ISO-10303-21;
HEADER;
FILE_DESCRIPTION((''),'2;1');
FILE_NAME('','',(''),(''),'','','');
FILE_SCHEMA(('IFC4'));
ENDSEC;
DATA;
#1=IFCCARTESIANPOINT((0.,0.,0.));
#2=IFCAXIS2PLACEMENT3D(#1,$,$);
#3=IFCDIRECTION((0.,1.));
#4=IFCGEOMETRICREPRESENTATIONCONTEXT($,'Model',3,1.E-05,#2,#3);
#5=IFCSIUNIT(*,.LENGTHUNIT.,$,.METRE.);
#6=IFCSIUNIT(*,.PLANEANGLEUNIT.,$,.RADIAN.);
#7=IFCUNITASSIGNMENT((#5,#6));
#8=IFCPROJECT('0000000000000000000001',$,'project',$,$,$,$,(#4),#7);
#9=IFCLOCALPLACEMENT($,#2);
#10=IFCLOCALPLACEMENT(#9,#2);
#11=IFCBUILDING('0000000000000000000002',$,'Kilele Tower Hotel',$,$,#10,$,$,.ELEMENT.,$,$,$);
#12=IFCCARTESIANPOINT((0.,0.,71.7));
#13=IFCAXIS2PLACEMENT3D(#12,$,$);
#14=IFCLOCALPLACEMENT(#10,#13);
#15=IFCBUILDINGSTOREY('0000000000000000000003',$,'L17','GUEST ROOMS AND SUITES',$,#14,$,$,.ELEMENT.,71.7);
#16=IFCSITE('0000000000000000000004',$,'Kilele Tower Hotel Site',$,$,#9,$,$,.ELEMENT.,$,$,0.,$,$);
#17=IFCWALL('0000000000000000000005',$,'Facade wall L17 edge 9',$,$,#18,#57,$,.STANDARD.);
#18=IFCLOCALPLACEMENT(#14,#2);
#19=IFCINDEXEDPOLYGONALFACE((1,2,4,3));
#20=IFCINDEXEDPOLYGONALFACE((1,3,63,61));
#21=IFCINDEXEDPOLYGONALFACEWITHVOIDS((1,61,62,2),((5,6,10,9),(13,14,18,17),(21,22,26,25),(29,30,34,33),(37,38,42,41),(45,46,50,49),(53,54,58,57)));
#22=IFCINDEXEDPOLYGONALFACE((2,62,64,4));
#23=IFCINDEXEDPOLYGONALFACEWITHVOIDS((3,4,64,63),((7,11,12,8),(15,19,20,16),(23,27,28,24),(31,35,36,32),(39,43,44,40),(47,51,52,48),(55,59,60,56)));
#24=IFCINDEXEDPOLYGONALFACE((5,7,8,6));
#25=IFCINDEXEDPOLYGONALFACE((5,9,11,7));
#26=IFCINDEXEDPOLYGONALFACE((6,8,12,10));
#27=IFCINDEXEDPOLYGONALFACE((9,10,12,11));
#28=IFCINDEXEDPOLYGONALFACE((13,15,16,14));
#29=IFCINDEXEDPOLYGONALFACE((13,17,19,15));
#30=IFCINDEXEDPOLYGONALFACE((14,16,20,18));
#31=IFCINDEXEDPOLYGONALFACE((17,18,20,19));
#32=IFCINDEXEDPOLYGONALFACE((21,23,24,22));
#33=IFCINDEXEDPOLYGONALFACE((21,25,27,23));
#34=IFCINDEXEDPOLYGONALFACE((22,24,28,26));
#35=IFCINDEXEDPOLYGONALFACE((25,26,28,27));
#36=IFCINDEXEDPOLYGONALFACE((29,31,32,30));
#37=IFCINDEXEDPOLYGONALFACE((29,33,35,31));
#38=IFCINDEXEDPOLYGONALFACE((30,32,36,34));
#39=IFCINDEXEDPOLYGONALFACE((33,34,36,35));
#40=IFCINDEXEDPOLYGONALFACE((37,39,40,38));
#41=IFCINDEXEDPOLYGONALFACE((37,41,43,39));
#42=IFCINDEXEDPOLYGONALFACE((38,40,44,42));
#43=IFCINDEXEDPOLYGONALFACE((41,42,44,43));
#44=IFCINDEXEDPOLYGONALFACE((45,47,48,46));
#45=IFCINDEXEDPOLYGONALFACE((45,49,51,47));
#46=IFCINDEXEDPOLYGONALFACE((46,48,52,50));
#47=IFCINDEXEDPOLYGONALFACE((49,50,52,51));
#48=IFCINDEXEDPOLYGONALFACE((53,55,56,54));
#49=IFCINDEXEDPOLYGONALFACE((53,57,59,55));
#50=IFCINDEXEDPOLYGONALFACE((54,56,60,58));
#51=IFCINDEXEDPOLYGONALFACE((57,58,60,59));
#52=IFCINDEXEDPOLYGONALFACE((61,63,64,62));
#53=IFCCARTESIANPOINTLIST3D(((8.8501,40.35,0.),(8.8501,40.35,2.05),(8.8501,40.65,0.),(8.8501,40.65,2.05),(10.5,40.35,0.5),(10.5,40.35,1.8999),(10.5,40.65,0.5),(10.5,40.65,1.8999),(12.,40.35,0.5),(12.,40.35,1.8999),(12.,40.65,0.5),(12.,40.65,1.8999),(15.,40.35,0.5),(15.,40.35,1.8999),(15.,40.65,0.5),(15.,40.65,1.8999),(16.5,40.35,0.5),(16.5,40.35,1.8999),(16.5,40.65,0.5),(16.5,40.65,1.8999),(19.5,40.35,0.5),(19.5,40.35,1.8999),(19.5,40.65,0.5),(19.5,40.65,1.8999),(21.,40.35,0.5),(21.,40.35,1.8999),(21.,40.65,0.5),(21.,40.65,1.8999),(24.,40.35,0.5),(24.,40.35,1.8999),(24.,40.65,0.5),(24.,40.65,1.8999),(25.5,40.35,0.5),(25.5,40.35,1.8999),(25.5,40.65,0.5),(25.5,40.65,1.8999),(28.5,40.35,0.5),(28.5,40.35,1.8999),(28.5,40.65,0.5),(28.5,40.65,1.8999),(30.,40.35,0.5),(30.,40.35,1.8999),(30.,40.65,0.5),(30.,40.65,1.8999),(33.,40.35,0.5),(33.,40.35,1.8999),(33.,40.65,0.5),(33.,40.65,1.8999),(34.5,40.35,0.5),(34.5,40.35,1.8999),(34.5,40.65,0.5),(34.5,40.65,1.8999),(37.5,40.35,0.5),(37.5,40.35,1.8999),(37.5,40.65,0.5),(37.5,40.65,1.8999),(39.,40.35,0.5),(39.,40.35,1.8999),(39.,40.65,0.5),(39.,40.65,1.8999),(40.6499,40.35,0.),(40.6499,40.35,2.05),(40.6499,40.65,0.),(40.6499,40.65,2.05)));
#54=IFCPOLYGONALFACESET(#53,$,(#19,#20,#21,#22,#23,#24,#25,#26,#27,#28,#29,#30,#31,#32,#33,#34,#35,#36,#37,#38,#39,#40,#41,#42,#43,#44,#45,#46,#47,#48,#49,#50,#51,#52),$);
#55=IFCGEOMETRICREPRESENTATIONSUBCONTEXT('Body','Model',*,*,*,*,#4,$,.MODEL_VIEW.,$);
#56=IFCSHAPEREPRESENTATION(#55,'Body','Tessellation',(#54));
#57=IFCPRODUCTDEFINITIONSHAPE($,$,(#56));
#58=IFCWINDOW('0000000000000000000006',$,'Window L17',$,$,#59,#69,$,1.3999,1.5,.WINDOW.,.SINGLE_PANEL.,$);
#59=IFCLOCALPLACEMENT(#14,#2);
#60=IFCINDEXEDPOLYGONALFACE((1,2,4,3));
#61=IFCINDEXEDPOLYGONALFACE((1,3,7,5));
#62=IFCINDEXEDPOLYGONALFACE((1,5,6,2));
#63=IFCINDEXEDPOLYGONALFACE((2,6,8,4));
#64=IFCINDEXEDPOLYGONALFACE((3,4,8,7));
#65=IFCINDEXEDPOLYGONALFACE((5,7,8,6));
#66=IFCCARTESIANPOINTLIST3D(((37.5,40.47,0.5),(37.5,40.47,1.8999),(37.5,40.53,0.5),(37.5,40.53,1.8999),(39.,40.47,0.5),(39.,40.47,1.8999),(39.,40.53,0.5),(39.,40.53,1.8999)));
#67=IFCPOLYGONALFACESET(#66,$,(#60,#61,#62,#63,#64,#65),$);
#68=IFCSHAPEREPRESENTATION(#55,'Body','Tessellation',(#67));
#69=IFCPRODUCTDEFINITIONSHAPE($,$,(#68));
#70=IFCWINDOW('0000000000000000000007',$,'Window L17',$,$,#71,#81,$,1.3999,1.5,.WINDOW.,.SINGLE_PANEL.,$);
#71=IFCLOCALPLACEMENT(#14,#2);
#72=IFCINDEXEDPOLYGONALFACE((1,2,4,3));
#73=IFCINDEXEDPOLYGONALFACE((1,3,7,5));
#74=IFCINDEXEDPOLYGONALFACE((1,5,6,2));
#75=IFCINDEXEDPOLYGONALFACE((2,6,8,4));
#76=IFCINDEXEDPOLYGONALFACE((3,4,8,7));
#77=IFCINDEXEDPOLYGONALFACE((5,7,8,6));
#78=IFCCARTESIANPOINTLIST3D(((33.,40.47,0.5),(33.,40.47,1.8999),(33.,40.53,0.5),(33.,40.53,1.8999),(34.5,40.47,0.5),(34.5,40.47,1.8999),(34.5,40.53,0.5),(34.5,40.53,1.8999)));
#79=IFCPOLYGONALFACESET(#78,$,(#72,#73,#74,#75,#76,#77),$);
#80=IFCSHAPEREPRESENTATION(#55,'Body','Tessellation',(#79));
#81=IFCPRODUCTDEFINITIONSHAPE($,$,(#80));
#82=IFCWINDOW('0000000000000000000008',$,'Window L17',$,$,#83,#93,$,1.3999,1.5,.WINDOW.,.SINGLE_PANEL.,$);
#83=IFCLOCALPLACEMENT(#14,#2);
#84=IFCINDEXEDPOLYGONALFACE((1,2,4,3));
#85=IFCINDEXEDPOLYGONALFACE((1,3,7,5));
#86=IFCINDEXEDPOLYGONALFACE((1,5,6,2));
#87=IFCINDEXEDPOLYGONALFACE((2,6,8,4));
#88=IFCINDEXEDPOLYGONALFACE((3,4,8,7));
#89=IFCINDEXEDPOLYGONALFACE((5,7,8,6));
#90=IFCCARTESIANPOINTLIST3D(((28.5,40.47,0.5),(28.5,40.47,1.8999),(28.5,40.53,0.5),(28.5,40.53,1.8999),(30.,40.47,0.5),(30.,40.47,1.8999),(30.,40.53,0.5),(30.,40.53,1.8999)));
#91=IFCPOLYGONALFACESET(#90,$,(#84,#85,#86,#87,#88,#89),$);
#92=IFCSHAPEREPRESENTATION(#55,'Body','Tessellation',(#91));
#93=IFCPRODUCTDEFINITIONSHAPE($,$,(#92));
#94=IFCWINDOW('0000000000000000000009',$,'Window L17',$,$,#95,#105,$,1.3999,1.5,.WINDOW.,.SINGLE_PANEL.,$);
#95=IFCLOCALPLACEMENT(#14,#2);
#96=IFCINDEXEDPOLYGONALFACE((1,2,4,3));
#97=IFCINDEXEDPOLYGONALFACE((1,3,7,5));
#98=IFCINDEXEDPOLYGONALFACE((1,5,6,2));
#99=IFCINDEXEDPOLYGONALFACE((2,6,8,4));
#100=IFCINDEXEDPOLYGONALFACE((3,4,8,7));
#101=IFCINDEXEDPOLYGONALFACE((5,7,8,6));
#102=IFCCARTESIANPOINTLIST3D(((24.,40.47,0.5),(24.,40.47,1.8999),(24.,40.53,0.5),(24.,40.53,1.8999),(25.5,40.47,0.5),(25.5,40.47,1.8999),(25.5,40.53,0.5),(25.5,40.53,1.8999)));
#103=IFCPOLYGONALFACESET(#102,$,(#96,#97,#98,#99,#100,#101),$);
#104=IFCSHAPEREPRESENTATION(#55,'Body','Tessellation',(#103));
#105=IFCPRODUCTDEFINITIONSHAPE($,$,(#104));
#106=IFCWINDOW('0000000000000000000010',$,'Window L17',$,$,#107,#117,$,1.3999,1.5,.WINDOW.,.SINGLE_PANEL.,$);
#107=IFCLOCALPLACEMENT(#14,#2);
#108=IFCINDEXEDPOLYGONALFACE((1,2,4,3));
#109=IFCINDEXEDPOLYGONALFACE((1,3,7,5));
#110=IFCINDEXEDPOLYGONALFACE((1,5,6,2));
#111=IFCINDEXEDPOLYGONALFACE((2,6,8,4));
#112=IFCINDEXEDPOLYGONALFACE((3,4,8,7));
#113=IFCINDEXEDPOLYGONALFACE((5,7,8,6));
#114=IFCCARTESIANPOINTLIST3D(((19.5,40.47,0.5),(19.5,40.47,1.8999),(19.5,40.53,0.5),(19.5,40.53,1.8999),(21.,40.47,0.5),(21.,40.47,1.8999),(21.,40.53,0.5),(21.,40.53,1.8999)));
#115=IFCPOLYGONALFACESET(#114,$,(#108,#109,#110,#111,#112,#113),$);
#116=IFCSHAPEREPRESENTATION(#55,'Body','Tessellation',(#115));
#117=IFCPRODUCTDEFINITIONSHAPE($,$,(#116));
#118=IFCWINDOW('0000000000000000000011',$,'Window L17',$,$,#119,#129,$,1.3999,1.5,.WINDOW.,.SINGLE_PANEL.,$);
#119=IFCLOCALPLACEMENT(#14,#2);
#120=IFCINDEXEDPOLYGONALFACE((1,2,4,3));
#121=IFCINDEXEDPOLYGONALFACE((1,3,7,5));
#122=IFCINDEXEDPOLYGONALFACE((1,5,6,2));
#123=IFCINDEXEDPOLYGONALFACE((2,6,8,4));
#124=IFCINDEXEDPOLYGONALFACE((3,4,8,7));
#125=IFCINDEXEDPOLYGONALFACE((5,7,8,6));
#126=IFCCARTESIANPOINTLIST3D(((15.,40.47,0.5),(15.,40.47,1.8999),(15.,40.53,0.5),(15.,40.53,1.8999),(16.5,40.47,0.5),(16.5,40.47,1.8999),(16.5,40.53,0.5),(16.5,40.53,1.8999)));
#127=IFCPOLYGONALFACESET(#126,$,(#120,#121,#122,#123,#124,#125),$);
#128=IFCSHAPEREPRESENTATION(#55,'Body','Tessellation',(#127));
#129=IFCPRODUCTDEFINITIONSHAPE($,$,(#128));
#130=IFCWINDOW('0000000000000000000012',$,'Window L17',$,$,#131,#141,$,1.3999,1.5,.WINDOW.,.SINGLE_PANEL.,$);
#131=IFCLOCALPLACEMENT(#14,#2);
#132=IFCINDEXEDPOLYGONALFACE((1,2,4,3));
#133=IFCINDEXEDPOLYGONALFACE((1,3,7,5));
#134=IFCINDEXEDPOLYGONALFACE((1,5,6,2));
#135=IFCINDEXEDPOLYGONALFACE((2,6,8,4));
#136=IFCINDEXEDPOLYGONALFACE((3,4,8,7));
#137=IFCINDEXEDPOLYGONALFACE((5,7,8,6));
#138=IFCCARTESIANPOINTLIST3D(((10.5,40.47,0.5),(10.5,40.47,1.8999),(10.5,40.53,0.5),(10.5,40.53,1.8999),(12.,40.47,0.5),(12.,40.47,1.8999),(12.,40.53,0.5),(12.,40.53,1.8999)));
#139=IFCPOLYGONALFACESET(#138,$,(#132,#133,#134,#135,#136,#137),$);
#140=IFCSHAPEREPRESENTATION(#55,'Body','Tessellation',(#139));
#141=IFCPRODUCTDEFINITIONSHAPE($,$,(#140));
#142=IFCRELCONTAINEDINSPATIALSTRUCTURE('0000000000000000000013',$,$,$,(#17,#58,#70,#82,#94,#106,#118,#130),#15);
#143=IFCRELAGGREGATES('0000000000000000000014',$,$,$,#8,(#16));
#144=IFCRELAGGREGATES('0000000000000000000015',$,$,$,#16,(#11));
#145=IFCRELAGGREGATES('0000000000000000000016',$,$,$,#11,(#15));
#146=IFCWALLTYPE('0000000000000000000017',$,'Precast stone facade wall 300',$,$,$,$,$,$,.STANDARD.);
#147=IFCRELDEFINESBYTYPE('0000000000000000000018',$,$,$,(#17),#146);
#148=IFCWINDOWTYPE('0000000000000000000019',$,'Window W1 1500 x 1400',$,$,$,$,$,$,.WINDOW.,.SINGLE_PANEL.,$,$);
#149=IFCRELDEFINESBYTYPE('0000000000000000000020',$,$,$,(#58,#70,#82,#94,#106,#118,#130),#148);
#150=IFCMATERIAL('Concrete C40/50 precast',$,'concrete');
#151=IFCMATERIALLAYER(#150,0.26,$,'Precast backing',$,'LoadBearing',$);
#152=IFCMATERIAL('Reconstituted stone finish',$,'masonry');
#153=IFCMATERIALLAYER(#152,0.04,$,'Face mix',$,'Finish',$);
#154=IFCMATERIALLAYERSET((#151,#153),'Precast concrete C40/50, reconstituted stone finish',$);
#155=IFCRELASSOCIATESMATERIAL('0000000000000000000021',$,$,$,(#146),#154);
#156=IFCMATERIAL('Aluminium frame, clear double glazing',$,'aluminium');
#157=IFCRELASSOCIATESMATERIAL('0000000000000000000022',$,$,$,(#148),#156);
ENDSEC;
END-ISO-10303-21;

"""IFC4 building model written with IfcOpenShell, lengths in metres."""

from ifc_helpers import new_model, si_unit, direction, frame, frame_2d, origin, place, context, subcontext, project, spatial, rectangle, extrude, material, layer, layer_set, type_object, element, fill, save


model = new_model("IFC4")

# Units and contexts
model_context = context("Model", 3, precision=1e-05, world=origin(), true_north=direction((0.0, 1.0)))
body_context = subcontext(model_context, "Body", "Model", "MODEL_VIEW")
ifc_project = project(units=[si_unit("LENGTHUNIT", "METRE"), si_unit("PLANEANGLEUNIT", "RADIAN")], contexts=[model_context])

# Site, building, storey
site_placement = place(None, origin())
site = spatial("IfcSite", under=ifc_project, at=site_placement, Name="Kilele Tower Hotel Site", CompositionType="ELEMENT", RefElevation=0.0)
building_placement = place(site_placement, origin())
building = spatial("IfcBuilding", under=site, at=building_placement, Name="Kilele Tower Hotel", CompositionType="ELEMENT")
storey_placement = place(building_placement, frame((0.0, 0.0, 71.7)))
storey = spatial("IfcBuildingStorey", under=building, at=storey_placement, Name="L17", Description="GUEST ROOMS AND SUITES", CompositionType="ELEMENT", Elevation=71.7)

# Shared definitions
ifc_material_1 = material(Name="Concrete C40/50 precast", Category="concrete")
ifc_layer_1 = layer(ifc_material_1, 0.26, Name="Precast backing", Category="LoadBearing")
ifc_material_2 = material(Name="Reconstituted stone finish", Category="masonry")
ifc_layer_2 = layer(ifc_material_2, 0.04, Name="Face mix", Category="Finish")
ifc_layer_set_1 = layer_set([ifc_layer_1, ifc_layer_2], Name="Precast concrete C40/50, reconstituted stone finish")
wall_type_1 = type_object("IfcWallType", Name="Precast stone facade wall 300", PredefinedType="STANDARD", material=ifc_layer_set_1)
ifc_material_3 = material(Name="Aluminium frame, clear double glazing", Category="aluminium")
window_type_1 = type_object("IfcWindowType", Name="Window W1 1500 x 1400", PartitioningType="SINGLE_PANEL", PredefinedType="WINDOW", material=ifc_material_3)

# Wall, openings, windows
wall_1_placement = place(storey_placement, frame((40.6499, 40.5, 0.0), z_axis=(0.0, 0.0, 1.0), x_axis=(-1.0, 0.0, 0.0)))
wall_1 = element("IfcWall", 1, at=wall_1_placement, inside=storey, type_object=wall_type_1, Name="Facade wall L17 edge 9", PredefinedType="STANDARD", context=body_context, shape_type="SweptSolid", body=[
    extrude(rectangle(XDim=31.7998, YDim=0.3, at=frame_2d((15.8999, 0.0))), origin(), (0.0, 0.0, 1.0), 2.05),
])
opening_1_placement = place(wall_1_placement, frame((1.6499, 0.0, 0.5)))
opening_1 = element("IfcOpeningElement", 2, at=opening_1_placement, cuts=wall_1, PredefinedType="OPENING", context=body_context, shape_type="SweptSolid", body=[
    extrude(rectangle(XDim=1.5, YDim=1.3999, at=frame_2d((0.75, 0.7))), frame((0.0, 0.1599, 0.0), z_axis=(0.0, -1.0, 0.0), x_axis=(1.0, 0.0, 0.0)), (0.0, 0.0, 1.0), 0.3201),
])
opening_2_placement = place(wall_1_placement, frame((6.1499, 0.0, 0.5)))
opening_2 = element("IfcOpeningElement", 3, at=opening_2_placement, cuts=wall_1, PredefinedType="OPENING", context=body_context, shape_type="SweptSolid", body=[
    extrude(rectangle(XDim=1.5, YDim=1.3999, at=frame_2d((0.75, 0.7))), frame((0.0, 0.1599, 0.0), z_axis=(0.0, -1.0, 0.0), x_axis=(1.0, 0.0, 0.0)), (0.0, 0.0, 1.0), 0.3201),
])
opening_3_placement = place(wall_1_placement, frame((10.6499, 0.0, 0.5)))
opening_3 = element("IfcOpeningElement", 4, at=opening_3_placement, cuts=wall_1, PredefinedType="OPENING", context=body_context, shape_type="SweptSolid", body=[
    extrude(rectangle(XDim=1.5, YDim=1.3999, at=frame_2d((0.75, 0.7))), frame((0.0, 0.1599, 0.0), z_axis=(0.0, -1.0, 0.0), x_axis=(1.0, 0.0, 0.0)), (0.0, 0.0, 1.0), 0.3201),
])
opening_4_placement = place(wall_1_placement, frame((15.1499, 0.0, 0.5)))
opening_4 = element("IfcOpeningElement", 5, at=opening_4_placement, cuts=wall_1, PredefinedType="OPENING", context=body_context, shape_type="SweptSolid", body=[
    extrude(rectangle(XDim=1.5, YDim=1.3999, at=frame_2d((0.75, 0.7))), frame((0.0, 0.1599, 0.0), z_axis=(0.0, -1.0, 0.0), x_axis=(1.0, 0.0, 0.0)), (0.0, 0.0, 1.0), 0.3201),
])
opening_5_placement = place(wall_1_placement, frame((19.6499, 0.0, 0.5)))
opening_5 = element("IfcOpeningElement", 6, at=opening_5_placement, cuts=wall_1, PredefinedType="OPENING", context=body_context, shape_type="SweptSolid", body=[
    extrude(rectangle(XDim=1.5, YDim=1.3999, at=frame_2d((0.75, 0.7))), frame((0.0, 0.1599, 0.0), z_axis=(0.0, -1.0, 0.0), x_axis=(1.0, 0.0, 0.0)), (0.0, 0.0, 1.0), 0.3201),
])
opening_6_placement = place(wall_1_placement, frame((24.1499, 0.0, 0.5)))
opening_6 = element("IfcOpeningElement", 7, at=opening_6_placement, cuts=wall_1, PredefinedType="OPENING", context=body_context, shape_type="SweptSolid", body=[
    extrude(rectangle(XDim=1.5, YDim=1.3999, at=frame_2d((0.75, 0.7))), frame((0.0, 0.1599, 0.0), z_axis=(0.0, -1.0, 0.0), x_axis=(1.0, 0.0, 0.0)), (0.0, 0.0, 1.0), 0.3201),
])
opening_7_placement = place(wall_1_placement, frame((28.6499, 0.0, 0.5)))
opening_7 = element("IfcOpeningElement", 8, at=opening_7_placement, cuts=wall_1, PredefinedType="OPENING", context=body_context, shape_type="SweptSolid", body=[
    extrude(rectangle(XDim=1.5, YDim=1.3999, at=frame_2d((0.75, 0.7))), frame((0.0, 0.1599, 0.0), z_axis=(0.0, -1.0, 0.0), x_axis=(1.0, 0.0, 0.0)), (0.0, 0.0, 1.0), 0.3201),
])
window_1_placement = place(opening_1_placement, origin())
window_1 = element("IfcWindow", 9, at=window_1_placement, inside=storey, type_object=window_type_1, Name="Window L17", OverallHeight=1.3999, OverallWidth=1.5, PartitioningType="SINGLE_PANEL", PredefinedType="WINDOW", context=body_context, shape_type="SweptSolid", body=[
    extrude(rectangle(XDim=1.5, YDim=1.3999, at=frame_2d((0.75, 0.7))), frame((0.0, 0.03, 0.0), z_axis=(0.0, -1.0, 0.0), x_axis=(1.0, 0.0, 0.0)), (0.0, 0.0, 1.0), 0.0601),
])
fill(opening_1, window_1)
window_2_placement = place(opening_2_placement, origin())
window_2 = element("IfcWindow", 10, at=window_2_placement, inside=storey, type_object=window_type_1, Name="Window L17", OverallHeight=1.3999, OverallWidth=1.5, PartitioningType="SINGLE_PANEL", PredefinedType="WINDOW", context=body_context, shape_type="SweptSolid", body=[
    extrude(rectangle(XDim=1.5, YDim=1.3999, at=frame_2d((0.75, 0.7))), frame((0.0, 0.03, 0.0), z_axis=(0.0, -1.0, 0.0), x_axis=(1.0, 0.0, 0.0)), (0.0, 0.0, 1.0), 0.0601),
])
fill(opening_2, window_2)
window_3_placement = place(opening_3_placement, origin())
window_3 = element("IfcWindow", 11, at=window_3_placement, inside=storey, type_object=window_type_1, Name="Window L17", OverallHeight=1.3999, OverallWidth=1.5, PartitioningType="SINGLE_PANEL", PredefinedType="WINDOW", context=body_context, shape_type="SweptSolid", body=[
    extrude(rectangle(XDim=1.5, YDim=1.3999, at=frame_2d((0.75, 0.7))), frame((0.0, 0.03, 0.0), z_axis=(0.0, -1.0, 0.0), x_axis=(1.0, 0.0, 0.0)), (0.0, 0.0, 1.0), 0.0601),
])
fill(opening_3, window_3)
window_4_placement = place(opening_4_placement, origin())
window_4 = element("IfcWindow", 12, at=window_4_placement, inside=storey, type_object=window_type_1, Name="Window L17", OverallHeight=1.3999, OverallWidth=1.5, PartitioningType="SINGLE_PANEL", PredefinedType="WINDOW", context=body_context, shape_type="SweptSolid", body=[
    extrude(rectangle(XDim=1.5, YDim=1.3999, at=frame_2d((0.75, 0.7))), frame((0.0, 0.03, 0.0), z_axis=(0.0, -1.0, 0.0), x_axis=(1.0, 0.0, 0.0)), (0.0, 0.0, 1.0), 0.0601),
])
fill(opening_4, window_4)
window_5_placement = place(opening_5_placement, origin())
window_5 = element("IfcWindow", 13, at=window_5_placement, inside=storey, type_object=window_type_1, Name="Window L17", OverallHeight=1.3999, OverallWidth=1.5, PartitioningType="SINGLE_PANEL", PredefinedType="WINDOW", context=body_context, shape_type="SweptSolid", body=[
    extrude(rectangle(XDim=1.5, YDim=1.3999, at=frame_2d((0.75, 0.7))), frame((0.0, 0.03, 0.0), z_axis=(0.0, -1.0, 0.0), x_axis=(1.0, 0.0, 0.0)), (0.0, 0.0, 1.0), 0.0601),
])
fill(opening_5, window_5)
window_6_placement = place(opening_6_placement, origin())
window_6 = element("IfcWindow", 14, at=window_6_placement, inside=storey, type_object=window_type_1, Name="Window L17", OverallHeight=1.3999, OverallWidth=1.5, PartitioningType="SINGLE_PANEL", PredefinedType="WINDOW", context=body_context, shape_type="SweptSolid", body=[
    extrude(rectangle(XDim=1.5, YDim=1.3999, at=frame_2d((0.75, 0.7))), frame((0.0, 0.03, 0.0), z_axis=(0.0, -1.0, 0.0), x_axis=(1.0, 0.0, 0.0)), (0.0, 0.0, 1.0), 0.0601),
])
fill(opening_6, window_6)
window_7_placement = place(opening_7_placement, origin())
window_7 = element("IfcWindow", 15, at=window_7_placement, inside=storey, type_object=window_type_1, Name="Window L17", OverallHeight=1.3999, OverallWidth=1.5, PartitioningType="SINGLE_PANEL", PredefinedType="WINDOW", context=body_context, shape_type="SweptSolid", body=[
    extrude(rectangle(XDim=1.5, YDim=1.3999, at=frame_2d((0.75, 0.7))), frame((0.0, 0.03, 0.0), z_axis=(0.0, -1.0, 0.0), x_axis=(1.0, 0.0, 0.0)), (0.0, 0.0, 1.0), 0.0601),
])
fill(opening_7, window_7)

save(model, "model.ifc")
